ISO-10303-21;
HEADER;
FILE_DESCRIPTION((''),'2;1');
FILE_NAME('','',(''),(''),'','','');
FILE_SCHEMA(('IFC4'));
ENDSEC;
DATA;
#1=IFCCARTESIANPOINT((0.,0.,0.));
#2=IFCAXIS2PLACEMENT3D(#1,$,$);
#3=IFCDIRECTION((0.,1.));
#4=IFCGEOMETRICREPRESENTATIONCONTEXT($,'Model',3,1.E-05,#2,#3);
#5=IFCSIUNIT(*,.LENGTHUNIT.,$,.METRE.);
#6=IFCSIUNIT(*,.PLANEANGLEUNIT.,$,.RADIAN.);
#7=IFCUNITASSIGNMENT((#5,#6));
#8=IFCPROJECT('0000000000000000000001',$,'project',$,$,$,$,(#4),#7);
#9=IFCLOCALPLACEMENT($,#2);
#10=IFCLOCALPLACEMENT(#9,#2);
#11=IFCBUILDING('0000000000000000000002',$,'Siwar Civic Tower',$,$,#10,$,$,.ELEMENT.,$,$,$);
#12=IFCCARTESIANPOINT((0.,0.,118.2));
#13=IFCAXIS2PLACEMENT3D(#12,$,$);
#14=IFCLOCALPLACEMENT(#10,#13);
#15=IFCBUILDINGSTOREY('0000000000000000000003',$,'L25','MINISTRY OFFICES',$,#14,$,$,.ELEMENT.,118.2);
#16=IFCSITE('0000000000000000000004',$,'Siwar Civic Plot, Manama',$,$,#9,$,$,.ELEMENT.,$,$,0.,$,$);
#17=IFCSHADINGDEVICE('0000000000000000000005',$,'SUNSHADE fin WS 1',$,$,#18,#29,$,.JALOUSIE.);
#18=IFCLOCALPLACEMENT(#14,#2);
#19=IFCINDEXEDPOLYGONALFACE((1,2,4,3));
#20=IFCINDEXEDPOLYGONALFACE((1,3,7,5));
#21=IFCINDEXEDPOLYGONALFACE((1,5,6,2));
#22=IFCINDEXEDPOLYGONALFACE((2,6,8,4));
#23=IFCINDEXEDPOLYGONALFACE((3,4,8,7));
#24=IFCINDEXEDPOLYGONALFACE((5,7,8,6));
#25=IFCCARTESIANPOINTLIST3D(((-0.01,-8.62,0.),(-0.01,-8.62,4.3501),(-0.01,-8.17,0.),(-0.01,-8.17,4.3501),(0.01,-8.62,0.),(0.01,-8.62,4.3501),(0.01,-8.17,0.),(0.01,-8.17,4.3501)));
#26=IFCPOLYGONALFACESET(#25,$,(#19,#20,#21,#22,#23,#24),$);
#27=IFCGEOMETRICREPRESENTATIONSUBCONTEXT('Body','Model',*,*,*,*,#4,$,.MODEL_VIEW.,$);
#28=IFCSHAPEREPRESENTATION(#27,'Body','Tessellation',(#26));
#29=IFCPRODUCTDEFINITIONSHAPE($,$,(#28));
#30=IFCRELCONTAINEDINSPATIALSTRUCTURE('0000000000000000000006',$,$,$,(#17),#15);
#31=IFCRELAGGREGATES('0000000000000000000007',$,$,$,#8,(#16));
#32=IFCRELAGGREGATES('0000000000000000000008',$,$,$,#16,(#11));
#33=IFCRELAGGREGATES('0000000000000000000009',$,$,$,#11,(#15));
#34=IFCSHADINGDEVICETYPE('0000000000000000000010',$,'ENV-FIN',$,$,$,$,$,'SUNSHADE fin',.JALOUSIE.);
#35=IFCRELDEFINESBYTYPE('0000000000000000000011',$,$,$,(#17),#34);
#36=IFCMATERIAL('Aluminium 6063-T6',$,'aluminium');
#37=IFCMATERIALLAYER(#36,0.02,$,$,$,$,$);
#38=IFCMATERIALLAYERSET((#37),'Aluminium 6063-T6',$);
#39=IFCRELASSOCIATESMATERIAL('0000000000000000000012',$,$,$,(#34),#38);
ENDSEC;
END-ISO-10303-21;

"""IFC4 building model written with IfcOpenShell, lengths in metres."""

from ifc_helpers import new_model, si_unit, direction, frame, origin, origin_2d, place, context, subcontext, project, spatial, rectangle, extrude, material, layer, layer_set, type_object, element, save


model = new_model("IFC4")

# Units and contexts
model_context = context("Model", 3, precision=1e-05, world=origin(), true_north=direction((0.0, 1.0)))
body_context = subcontext(model_context, "Body", "Model", "MODEL_VIEW")
ifc_project = project(units=[si_unit("LENGTHUNIT", "METRE"), si_unit("PLANEANGLEUNIT", "RADIAN")], contexts=[model_context])

# Site, building, storey
site_placement = place(None, origin())
site = spatial("IfcSite", under=ifc_project, at=site_placement, Name="Siwar Civic Plot, Manama", CompositionType="ELEMENT", RefElevation=0.0)
building_placement = place(site_placement, origin())
building = spatial("IfcBuilding", under=site, at=building_placement, Name="Siwar Civic Tower", CompositionType="ELEMENT")
storey_placement = place(building_placement, frame((0.0, 0.0, 118.2)))
storey = spatial("IfcBuildingStorey", under=building, at=storey_placement, Name="L25", Description="MINISTRY OFFICES", CompositionType="ELEMENT", Elevation=118.2)

# Shading device
ifc_material_1 = material(Name="Aluminium 6063-T6", Category="aluminium")
ifc_layer_1 = layer(ifc_material_1, 0.02)
ifc_layer_set_1 = layer_set([ifc_layer_1], Name="Aluminium 6063-T6")
shading_device_type = type_object("IfcShadingDeviceType", Name="ENV-FIN", ElementType="SUNSHADE fin", PredefinedType="JALOUSIE", material=ifc_layer_set_1)
shading_device_placement = place(storey_placement, frame((0.0, -8.395, 0.0), z_axis=(0.0, 0.0, 1.0), x_axis=(1.0, 0.0, 0.0)))
element("IfcShadingDevice", 1, at=shading_device_placement, inside=storey, type_object=shading_device_type, Name="SUNSHADE fin WS 1", PredefinedType="JALOUSIE", context=body_context, shape_type="SweptSolid", body=[
    extrude(rectangle(XDim=0.02, YDim=0.45, at=origin_2d()), origin(), (0.0, 0.0, 1.0), 4.3501),
])

save(model, "model.ifc")
